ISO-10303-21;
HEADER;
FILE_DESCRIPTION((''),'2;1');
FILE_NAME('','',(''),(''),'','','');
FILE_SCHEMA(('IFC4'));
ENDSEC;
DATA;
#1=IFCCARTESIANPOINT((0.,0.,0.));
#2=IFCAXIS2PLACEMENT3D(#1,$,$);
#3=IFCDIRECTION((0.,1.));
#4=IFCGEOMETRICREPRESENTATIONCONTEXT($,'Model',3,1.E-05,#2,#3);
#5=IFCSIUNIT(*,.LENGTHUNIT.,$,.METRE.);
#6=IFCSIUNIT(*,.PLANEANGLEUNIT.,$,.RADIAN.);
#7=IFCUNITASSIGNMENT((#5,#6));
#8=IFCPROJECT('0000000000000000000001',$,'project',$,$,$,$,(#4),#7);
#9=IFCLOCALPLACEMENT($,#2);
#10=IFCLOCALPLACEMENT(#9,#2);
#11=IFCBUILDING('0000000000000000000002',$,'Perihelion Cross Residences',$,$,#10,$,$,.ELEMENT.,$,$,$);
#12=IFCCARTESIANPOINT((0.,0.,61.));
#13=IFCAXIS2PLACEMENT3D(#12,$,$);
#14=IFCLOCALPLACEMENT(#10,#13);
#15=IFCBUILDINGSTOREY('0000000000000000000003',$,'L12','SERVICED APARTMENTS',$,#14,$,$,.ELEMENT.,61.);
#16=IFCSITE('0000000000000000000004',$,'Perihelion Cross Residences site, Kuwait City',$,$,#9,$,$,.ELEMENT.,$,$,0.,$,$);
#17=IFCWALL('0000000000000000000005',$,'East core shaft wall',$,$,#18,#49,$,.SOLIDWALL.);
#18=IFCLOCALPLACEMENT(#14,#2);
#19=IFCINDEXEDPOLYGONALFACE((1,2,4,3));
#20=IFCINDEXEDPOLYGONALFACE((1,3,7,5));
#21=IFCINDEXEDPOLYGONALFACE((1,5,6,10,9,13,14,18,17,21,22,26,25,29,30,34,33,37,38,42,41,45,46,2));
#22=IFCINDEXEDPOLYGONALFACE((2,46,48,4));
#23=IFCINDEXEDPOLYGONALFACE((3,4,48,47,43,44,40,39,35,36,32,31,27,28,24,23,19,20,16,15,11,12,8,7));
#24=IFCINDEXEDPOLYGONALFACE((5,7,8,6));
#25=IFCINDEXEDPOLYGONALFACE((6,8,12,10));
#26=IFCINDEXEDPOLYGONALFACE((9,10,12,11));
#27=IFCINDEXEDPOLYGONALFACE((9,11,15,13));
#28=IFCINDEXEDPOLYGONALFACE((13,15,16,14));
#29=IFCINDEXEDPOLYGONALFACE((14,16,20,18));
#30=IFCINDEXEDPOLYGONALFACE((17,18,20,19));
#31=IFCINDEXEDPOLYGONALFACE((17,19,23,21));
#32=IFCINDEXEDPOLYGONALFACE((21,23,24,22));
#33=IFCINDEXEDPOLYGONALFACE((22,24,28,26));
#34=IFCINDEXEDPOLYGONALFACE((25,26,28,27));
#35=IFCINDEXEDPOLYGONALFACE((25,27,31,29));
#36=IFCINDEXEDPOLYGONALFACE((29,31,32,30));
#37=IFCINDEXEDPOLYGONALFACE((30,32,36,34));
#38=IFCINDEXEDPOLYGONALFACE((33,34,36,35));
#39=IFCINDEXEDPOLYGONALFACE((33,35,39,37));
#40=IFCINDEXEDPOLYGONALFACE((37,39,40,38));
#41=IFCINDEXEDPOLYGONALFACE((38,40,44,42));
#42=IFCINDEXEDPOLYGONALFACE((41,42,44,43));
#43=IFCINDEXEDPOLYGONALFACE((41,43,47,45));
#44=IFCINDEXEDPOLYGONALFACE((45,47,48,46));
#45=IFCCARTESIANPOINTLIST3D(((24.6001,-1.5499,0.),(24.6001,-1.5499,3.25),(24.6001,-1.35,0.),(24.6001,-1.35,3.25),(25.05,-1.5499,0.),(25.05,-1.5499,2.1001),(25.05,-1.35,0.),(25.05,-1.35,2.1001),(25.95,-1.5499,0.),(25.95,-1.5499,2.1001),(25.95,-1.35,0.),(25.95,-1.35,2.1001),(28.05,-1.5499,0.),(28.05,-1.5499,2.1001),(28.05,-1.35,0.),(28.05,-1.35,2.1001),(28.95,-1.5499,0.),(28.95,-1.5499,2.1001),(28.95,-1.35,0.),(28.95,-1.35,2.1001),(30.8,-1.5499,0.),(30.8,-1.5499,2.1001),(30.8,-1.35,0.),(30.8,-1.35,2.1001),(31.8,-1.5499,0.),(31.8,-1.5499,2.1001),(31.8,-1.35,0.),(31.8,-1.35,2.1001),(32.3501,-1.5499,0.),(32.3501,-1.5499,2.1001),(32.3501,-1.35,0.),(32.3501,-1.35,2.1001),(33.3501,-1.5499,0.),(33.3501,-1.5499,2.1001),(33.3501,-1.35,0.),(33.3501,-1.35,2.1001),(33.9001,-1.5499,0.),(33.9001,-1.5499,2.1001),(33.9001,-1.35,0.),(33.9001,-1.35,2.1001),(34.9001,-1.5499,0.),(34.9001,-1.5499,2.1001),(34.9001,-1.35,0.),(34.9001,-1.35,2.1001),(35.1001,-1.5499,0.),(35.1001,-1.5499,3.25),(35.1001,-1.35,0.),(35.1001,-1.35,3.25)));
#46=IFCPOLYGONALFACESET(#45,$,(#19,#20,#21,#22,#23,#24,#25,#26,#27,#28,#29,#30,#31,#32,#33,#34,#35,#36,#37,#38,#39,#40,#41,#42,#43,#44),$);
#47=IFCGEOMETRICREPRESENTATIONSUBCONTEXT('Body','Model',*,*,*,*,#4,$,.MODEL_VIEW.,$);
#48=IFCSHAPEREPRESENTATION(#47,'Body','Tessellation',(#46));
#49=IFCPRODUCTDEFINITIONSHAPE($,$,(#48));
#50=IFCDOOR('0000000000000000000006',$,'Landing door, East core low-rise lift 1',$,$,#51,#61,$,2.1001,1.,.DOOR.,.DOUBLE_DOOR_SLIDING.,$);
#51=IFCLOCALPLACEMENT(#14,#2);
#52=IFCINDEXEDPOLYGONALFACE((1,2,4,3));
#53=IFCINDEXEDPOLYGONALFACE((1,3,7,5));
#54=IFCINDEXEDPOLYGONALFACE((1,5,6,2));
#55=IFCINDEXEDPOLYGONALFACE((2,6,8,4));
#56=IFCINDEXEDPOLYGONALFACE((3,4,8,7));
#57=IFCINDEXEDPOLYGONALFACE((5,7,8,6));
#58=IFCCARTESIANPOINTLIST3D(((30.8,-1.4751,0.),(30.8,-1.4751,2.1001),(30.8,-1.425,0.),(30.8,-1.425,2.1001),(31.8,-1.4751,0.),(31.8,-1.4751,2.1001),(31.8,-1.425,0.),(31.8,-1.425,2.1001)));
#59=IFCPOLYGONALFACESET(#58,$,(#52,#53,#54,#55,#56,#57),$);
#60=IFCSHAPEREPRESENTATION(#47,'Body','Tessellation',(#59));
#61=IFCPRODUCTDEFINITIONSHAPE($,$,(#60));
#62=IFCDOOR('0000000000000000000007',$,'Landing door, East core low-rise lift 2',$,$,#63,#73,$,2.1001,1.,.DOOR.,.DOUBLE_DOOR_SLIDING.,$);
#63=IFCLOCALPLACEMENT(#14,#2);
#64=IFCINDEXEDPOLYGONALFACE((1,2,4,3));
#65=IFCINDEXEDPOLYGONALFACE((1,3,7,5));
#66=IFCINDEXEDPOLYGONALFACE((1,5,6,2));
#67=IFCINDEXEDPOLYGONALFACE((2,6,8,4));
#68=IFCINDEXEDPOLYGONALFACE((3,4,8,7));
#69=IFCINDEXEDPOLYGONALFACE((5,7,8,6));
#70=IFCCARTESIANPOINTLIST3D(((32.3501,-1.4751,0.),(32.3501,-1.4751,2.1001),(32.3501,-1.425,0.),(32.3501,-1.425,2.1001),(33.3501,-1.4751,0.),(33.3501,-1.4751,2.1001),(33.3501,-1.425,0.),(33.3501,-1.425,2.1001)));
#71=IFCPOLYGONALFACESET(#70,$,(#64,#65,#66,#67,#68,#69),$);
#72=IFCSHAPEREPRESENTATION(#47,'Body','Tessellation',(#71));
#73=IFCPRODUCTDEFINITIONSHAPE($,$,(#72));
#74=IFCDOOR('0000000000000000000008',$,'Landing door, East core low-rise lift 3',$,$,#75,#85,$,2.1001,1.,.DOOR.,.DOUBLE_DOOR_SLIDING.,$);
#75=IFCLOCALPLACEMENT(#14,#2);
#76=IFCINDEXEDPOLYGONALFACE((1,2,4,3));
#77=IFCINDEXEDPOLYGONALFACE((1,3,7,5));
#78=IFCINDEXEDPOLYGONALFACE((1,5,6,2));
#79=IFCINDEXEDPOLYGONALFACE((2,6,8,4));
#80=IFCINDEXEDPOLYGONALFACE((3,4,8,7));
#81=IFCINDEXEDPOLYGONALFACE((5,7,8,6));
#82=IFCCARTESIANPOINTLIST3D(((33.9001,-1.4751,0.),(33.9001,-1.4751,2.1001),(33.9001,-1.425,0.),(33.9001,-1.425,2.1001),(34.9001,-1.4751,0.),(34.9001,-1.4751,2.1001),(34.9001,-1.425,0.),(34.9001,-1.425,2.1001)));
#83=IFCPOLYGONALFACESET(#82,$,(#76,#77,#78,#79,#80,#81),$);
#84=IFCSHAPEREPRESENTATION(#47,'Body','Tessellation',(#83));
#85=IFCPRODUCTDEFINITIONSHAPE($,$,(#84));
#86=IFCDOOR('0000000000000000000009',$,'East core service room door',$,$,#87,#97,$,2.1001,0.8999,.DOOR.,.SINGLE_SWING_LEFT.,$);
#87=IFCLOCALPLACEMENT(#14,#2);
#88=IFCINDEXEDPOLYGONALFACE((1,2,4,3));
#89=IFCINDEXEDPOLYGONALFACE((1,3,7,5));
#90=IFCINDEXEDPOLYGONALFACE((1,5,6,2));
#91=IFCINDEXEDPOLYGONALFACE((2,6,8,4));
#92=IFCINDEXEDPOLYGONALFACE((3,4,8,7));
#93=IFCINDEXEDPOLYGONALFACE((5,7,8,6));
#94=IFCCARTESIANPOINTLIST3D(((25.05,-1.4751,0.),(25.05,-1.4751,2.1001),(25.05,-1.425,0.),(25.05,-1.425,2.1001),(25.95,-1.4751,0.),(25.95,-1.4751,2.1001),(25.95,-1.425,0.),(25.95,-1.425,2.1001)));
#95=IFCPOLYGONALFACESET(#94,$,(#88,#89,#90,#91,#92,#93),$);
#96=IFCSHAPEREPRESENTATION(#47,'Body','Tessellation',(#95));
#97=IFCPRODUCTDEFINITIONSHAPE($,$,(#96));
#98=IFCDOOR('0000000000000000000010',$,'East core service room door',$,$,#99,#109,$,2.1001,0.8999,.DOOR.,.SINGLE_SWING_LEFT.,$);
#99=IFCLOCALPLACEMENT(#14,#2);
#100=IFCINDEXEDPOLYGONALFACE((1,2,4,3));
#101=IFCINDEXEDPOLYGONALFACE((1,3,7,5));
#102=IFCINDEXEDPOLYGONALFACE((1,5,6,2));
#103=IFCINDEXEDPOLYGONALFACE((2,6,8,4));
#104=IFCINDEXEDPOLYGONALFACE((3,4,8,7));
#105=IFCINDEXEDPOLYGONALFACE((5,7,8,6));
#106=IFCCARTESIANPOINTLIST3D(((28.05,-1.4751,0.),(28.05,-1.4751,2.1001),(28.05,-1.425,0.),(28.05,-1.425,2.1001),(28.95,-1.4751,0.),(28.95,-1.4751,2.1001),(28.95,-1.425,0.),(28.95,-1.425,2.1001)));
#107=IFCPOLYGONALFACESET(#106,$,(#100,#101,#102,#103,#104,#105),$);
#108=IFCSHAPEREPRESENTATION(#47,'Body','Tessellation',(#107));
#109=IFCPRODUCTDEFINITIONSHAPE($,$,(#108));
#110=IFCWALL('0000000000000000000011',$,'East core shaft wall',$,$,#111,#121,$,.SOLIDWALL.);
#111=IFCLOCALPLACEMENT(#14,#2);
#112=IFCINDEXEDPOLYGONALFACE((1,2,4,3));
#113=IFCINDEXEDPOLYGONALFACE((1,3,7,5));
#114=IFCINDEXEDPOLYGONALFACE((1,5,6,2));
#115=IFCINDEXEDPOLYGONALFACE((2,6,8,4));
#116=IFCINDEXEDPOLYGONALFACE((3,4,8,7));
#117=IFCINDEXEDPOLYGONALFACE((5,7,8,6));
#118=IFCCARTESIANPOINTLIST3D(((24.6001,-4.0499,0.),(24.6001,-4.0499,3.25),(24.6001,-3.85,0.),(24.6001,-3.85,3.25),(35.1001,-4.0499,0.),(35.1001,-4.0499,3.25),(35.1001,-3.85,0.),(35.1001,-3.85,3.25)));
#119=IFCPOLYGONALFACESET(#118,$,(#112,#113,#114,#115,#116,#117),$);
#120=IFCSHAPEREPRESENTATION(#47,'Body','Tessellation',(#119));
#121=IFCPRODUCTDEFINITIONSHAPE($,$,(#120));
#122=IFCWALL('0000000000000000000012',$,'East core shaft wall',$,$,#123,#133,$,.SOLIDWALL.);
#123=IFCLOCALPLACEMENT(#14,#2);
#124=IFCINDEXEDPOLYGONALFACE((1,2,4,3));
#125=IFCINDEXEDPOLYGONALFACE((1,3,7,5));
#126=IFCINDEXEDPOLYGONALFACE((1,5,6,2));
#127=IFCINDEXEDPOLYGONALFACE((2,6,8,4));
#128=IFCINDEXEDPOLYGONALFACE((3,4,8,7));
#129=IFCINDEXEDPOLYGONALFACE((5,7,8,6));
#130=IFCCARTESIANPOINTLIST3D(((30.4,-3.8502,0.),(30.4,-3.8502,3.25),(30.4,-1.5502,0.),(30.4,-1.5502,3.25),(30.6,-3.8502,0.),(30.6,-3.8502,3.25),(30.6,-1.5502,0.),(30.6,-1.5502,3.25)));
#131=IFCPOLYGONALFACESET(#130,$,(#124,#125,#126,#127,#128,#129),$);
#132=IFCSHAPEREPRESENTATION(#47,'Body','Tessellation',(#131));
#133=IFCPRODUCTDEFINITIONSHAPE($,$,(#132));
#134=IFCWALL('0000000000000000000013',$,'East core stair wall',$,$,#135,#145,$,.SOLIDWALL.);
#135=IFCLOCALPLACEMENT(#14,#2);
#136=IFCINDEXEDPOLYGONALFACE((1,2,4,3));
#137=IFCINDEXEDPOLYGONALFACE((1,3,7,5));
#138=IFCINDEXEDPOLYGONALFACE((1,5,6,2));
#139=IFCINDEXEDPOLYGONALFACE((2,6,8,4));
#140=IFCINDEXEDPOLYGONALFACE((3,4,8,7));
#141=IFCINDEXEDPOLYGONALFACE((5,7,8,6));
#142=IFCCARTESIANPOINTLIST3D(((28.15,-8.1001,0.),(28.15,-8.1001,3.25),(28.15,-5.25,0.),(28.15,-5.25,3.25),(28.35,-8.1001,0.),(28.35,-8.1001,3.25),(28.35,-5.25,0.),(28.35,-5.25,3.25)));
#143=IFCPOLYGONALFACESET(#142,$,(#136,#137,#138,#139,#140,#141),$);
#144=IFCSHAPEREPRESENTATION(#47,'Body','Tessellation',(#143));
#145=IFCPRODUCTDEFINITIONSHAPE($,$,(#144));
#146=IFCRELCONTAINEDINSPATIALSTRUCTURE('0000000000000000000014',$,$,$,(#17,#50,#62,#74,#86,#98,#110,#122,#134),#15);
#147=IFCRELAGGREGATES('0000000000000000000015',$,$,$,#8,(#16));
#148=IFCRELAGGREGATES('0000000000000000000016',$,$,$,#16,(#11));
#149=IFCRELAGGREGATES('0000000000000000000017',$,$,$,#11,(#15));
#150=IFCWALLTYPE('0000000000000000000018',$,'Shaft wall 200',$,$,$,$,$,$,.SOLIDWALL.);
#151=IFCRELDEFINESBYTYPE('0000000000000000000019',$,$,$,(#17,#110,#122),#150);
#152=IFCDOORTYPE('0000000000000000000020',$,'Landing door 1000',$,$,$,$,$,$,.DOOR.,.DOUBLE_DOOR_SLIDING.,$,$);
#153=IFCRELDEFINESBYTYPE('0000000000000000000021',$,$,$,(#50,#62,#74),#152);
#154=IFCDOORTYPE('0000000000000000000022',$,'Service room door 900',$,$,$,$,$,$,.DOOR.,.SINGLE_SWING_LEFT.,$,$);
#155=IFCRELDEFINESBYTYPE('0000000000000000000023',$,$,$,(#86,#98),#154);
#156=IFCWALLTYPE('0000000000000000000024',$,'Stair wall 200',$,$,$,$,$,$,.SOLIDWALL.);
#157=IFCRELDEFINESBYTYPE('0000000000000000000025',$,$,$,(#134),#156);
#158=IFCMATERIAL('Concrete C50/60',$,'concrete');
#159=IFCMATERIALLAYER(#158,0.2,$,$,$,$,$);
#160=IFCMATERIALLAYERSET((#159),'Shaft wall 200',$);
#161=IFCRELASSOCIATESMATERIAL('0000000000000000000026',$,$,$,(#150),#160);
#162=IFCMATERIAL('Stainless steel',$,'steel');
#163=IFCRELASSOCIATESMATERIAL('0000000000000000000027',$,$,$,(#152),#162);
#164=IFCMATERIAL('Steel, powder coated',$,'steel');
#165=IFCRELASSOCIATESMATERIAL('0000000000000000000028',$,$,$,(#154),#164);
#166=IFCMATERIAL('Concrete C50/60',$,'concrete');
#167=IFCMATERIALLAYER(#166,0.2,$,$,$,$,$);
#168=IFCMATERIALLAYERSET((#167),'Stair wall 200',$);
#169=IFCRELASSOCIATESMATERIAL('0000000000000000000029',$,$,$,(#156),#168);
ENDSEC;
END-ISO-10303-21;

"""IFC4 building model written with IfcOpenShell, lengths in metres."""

from ifc_helpers import new_model, si_unit, direction, frame, frame_2d, origin, place, context, subcontext, project, spatial, rectangle, extrude, material, layer, layer_set, type_object, element, fill, save


model = new_model("IFC4")

# Units and contexts
model_context = context("Model", 3, precision=1e-05, world=origin(), true_north=direction((0.0, 1.0)))
body_context = subcontext(model_context, "Body", "Model", "MODEL_VIEW")
ifc_project = project(units=[si_unit("LENGTHUNIT", "METRE"), si_unit("PLANEANGLEUNIT", "RADIAN")], contexts=[model_context])

# Site, building, storey
site_placement = place(None, origin())
site = spatial("IfcSite", under=ifc_project, at=site_placement, Name="Perihelion Cross Residences site, Kuwait City", CompositionType="ELEMENT", RefElevation=0.0)
building_placement = place(site_placement, origin())
building = spatial("IfcBuilding", under=site, at=building_placement, Name="Perihelion Cross Residences", CompositionType="ELEMENT")
storey_placement = place(building_placement, frame((0.0, 0.0, 61.0)))
storey = spatial("IfcBuildingStorey", under=building, at=storey_placement, Name="L12", Description="SERVICED APARTMENTS", CompositionType="ELEMENT", Elevation=61.0)

# Wall, openings, doors
ifc_material_1 = material(Name="Concrete C50/60", Category="concrete")
ifc_layer_1 = layer(ifc_material_1, 0.2)
ifc_layer_set_1 = layer_set([ifc_layer_1], Name="Shaft wall 200")
wall_type_1 = type_object("IfcWallType", Name="Shaft wall 200", PredefinedType="SOLIDWALL", material=ifc_layer_set_1)
wall_1_placement = place(storey_placement, frame((24.6001, -1.45, 0.0), z_axis=(0.0, 0.0, 1.0), x_axis=(1.0, 0.0, 0.0)))
wall_1 = element("IfcWall", 1, at=wall_1_placement, inside=storey, type_object=wall_type_1, Name="East core shaft wall", PredefinedType="SOLIDWALL", context=body_context, shape_type="SweptSolid", body=[
    extrude(rectangle(XDim=10.5, YDim=0.2, at=frame_2d((5.25, 0.0))), origin(), (0.0, 0.0, 1.0), 3.25),
])
opening_1_placement = place(wall_1_placement, frame((6.2, 0.0, 0.0)))
opening_1 = element("IfcOpeningElement", 2, at=opening_1_placement, cuts=wall_1, PredefinedType="OPENING", context=body_context, shape_type="SweptSolid", body=[
    extrude(rectangle(XDim=1.0, YDim=2.1001, at=frame_2d((0.5, 1.05))), frame((0.0, 0.1099, 0.0), z_axis=(0.0, -1.0, 0.0), x_axis=(1.0, 0.0, 0.0)), (0.0, 0.0, 1.0), 0.22),
])
opening_2_placement = place(wall_1_placement, frame((7.75, 0.0, 0.0)))
opening_2 = element("IfcOpeningElement", 3, at=opening_2_placement, cuts=wall_1, PredefinedType="OPENING", context=body_context, shape_type="SweptSolid", body=[
    extrude(rectangle(XDim=1.0, YDim=2.1001, at=frame_2d((0.5, 1.05))), frame((0.0, 0.1099, 0.0), z_axis=(0.0, -1.0, 0.0), x_axis=(1.0, 0.0, 0.0)), (0.0, 0.0, 1.0), 0.22),
])
opening_3_placement = place(wall_1_placement, frame((9.3, 0.0, 0.0)))
opening_3 = element("IfcOpeningElement", 4, at=opening_3_placement, cuts=wall_1, PredefinedType="OPENING", context=body_context, shape_type="SweptSolid", body=[
    extrude(rectangle(XDim=1.0, YDim=2.1001, at=frame_2d((0.5, 1.05))), frame((0.0, 0.1099, 0.0), z_axis=(0.0, -1.0, 0.0), x_axis=(1.0, 0.0, 0.0)), (0.0, 0.0, 1.0), 0.22),
])
opening_4_placement = place(wall_1_placement, frame((0.45, 0.0, 0.0)))
opening_4 = element("IfcOpeningElement", 5, at=opening_4_placement, cuts=wall_1, PredefinedType="OPENING", context=body_context, shape_type="SweptSolid", body=[
    extrude(rectangle(XDim=0.8999, YDim=2.1001, at=frame_2d((0.45, 1.05))), frame((0.0, 0.1099, 0.0), z_axis=(0.0, -1.0, 0.0), x_axis=(1.0, 0.0, 0.0)), (0.0, 0.0, 1.0), 0.22),
])
opening_5_placement = place(wall_1_placement, frame((3.45, 0.0, 0.0)))
opening_5 = element("IfcOpeningElement", 6, at=opening_5_placement, cuts=wall_1, PredefinedType="OPENING", context=body_context, shape_type="SweptSolid", body=[
    extrude(rectangle(XDim=0.8999, YDim=2.1001, at=frame_2d((0.45, 1.05))), frame((0.0, 0.1099, 0.0), z_axis=(0.0, -1.0, 0.0), x_axis=(1.0, 0.0, 0.0)), (0.0, 0.0, 1.0), 0.22),
])
ifc_material_2 = material(Name="Stainless steel", Category="steel")
door_type_1 = type_object("IfcDoorType", Name="Landing door 1000", OperationType="DOUBLE_DOOR_SLIDING", PredefinedType="DOOR", material=ifc_material_2)
door_1_placement = place(opening_1_placement, origin())
door_1 = element("IfcDoor", 7, at=door_1_placement, inside=storey, type_object=door_type_1, Name="Landing door, East core low-rise lift 1", OperationType="DOUBLE_DOOR_SLIDING", OverallHeight=2.1001, OverallWidth=1.0, PredefinedType="DOOR", context=body_context, shape_type="SweptSolid", body=[
    extrude(rectangle(XDim=1.0, YDim=2.1001, at=frame_2d((0.5, 1.05))), frame((0.0, 0.0249, 0.0), z_axis=(0.0, -1.0, 0.0), x_axis=(1.0, 0.0, 0.0)), (0.0, 0.0, 1.0), 0.05),
])
fill(opening_1, door_1)
door_2_placement = place(opening_2_placement, origin())
door_2 = element("IfcDoor", 8, at=door_2_placement, inside=storey, type_object=door_type_1, Name="Landing door, East core low-rise lift 2", OperationType="DOUBLE_DOOR_SLIDING", OverallHeight=2.1001, OverallWidth=1.0, PredefinedType="DOOR", context=body_context, shape_type="SweptSolid", body=[
    extrude(rectangle(XDim=1.0, YDim=2.1001, at=frame_2d((0.5, 1.05))), frame((0.0, 0.0249, 0.0), z_axis=(0.0, -1.0, 0.0), x_axis=(1.0, 0.0, 0.0)), (0.0, 0.0, 1.0), 0.05),
])
fill(opening_2, door_2)
door_3_placement = place(opening_3_placement, origin())
door_3 = element("IfcDoor", 9, at=door_3_placement, inside=storey, type_object=door_type_1, Name="Landing door, East core low-rise lift 3", OperationType="DOUBLE_DOOR_SLIDING", OverallHeight=2.1001, OverallWidth=1.0, PredefinedType="DOOR", context=body_context, shape_type="SweptSolid", body=[
    extrude(rectangle(XDim=1.0, YDim=2.1001, at=frame_2d((0.5, 1.05))), frame((0.0, 0.0249, 0.0), z_axis=(0.0, -1.0, 0.0), x_axis=(1.0, 0.0, 0.0)), (0.0, 0.0, 1.0), 0.05),
])
fill(opening_3, door_3)
ifc_material_3 = material(Name="Steel, powder coated", Category="steel")
door_type_2 = type_object("IfcDoorType", Name="Service room door 900", OperationType="SINGLE_SWING_LEFT", PredefinedType="DOOR", material=ifc_material_3)
door_4_placement = place(opening_4_placement, origin())
door_4 = element("IfcDoor", 10, at=door_4_placement, inside=storey, type_object=door_type_2, Name="East core service room door", OperationType="SINGLE_SWING_LEFT", OverallHeight=2.1001, OverallWidth=0.8999, PredefinedType="DOOR", context=body_context, shape_type="SweptSolid", body=[
    extrude(rectangle(XDim=0.8999, YDim=2.1001, at=frame_2d((0.45, 1.05))), frame((0.0, 0.0249, 0.0), z_axis=(0.0, -1.0, 0.0), x_axis=(1.0, 0.0, 0.0)), (0.0, 0.0, 1.0), 0.05),
])
fill(opening_4, door_4)
door_5_placement = place(opening_5_placement, origin())
door_5 = element("IfcDoor", 11, at=door_5_placement, inside=storey, type_object=door_type_2, Name="East core service room door", OperationType="SINGLE_SWING_LEFT", OverallHeight=2.1001, OverallWidth=0.8999, PredefinedType="DOOR", context=body_context, shape_type="SweptSolid", body=[
    extrude(rectangle(XDim=0.8999, YDim=2.1001, at=frame_2d((0.45, 1.05))), frame((0.0, 0.0249, 0.0), z_axis=(0.0, -1.0, 0.0), x_axis=(1.0, 0.0, 0.0)), (0.0, 0.0, 1.0), 0.05),
])
fill(opening_5, door_5)

# Walls
wall_2_placement = place(storey_placement, frame((24.6001, -3.95, 0.0), z_axis=(0.0, 0.0, 1.0), x_axis=(1.0, 0.0, 0.0)))
element("IfcWall", 12, at=wall_2_placement, inside=storey, type_object=wall_type_1, Name="East core shaft wall", PredefinedType="SOLIDWALL", context=body_context, shape_type="SweptSolid", body=[
    extrude(rectangle(XDim=10.5, YDim=0.2, at=frame_2d((5.25, 0.0))), origin(), (0.0, 0.0, 1.0), 3.25),
])
wall_3_placement = place(storey_placement, frame((30.5, -3.8501, 0.0), z_axis=(0.0, 0.0, 1.0), x_axis=(0.0, 1.0, 0.0)))
element("IfcWall", 13, at=wall_3_placement, inside=storey, type_object=wall_type_1, Name="East core shaft wall", PredefinedType="SOLIDWALL", context=body_context, shape_type="SweptSolid", body=[
    extrude(rectangle(XDim=2.3, YDim=0.2, at=frame_2d((1.1499, 0.0))), origin(), (0.0, 0.0, 1.0), 3.25),
])
ifc_material_4 = material(Name="Concrete C50/60", Category="concrete")
ifc_layer_2 = layer(ifc_material_4, 0.2)
ifc_layer_set_2 = layer_set([ifc_layer_2], Name="Stair wall 200")
wall_type_2 = type_object("IfcWallType", Name="Stair wall 200", PredefinedType="SOLIDWALL", material=ifc_layer_set_2)
wall_4_placement = place(storey_placement, frame((28.25, -8.1001, 0.0), z_axis=(0.0, 0.0, 1.0), x_axis=(0.0, 1.0, 0.0)))
element("IfcWall", 14, at=wall_4_placement, inside=storey, type_object=wall_type_2, Name="East core stair wall", PredefinedType="SOLIDWALL", context=body_context, shape_type="SweptSolid", body=[
    extrude(rectangle(XDim=2.8501, YDim=0.2, at=frame_2d((1.425, 0.0))), origin(), (0.0, 0.0, 1.0), 3.25),
])

save(model, "model.ifc")
